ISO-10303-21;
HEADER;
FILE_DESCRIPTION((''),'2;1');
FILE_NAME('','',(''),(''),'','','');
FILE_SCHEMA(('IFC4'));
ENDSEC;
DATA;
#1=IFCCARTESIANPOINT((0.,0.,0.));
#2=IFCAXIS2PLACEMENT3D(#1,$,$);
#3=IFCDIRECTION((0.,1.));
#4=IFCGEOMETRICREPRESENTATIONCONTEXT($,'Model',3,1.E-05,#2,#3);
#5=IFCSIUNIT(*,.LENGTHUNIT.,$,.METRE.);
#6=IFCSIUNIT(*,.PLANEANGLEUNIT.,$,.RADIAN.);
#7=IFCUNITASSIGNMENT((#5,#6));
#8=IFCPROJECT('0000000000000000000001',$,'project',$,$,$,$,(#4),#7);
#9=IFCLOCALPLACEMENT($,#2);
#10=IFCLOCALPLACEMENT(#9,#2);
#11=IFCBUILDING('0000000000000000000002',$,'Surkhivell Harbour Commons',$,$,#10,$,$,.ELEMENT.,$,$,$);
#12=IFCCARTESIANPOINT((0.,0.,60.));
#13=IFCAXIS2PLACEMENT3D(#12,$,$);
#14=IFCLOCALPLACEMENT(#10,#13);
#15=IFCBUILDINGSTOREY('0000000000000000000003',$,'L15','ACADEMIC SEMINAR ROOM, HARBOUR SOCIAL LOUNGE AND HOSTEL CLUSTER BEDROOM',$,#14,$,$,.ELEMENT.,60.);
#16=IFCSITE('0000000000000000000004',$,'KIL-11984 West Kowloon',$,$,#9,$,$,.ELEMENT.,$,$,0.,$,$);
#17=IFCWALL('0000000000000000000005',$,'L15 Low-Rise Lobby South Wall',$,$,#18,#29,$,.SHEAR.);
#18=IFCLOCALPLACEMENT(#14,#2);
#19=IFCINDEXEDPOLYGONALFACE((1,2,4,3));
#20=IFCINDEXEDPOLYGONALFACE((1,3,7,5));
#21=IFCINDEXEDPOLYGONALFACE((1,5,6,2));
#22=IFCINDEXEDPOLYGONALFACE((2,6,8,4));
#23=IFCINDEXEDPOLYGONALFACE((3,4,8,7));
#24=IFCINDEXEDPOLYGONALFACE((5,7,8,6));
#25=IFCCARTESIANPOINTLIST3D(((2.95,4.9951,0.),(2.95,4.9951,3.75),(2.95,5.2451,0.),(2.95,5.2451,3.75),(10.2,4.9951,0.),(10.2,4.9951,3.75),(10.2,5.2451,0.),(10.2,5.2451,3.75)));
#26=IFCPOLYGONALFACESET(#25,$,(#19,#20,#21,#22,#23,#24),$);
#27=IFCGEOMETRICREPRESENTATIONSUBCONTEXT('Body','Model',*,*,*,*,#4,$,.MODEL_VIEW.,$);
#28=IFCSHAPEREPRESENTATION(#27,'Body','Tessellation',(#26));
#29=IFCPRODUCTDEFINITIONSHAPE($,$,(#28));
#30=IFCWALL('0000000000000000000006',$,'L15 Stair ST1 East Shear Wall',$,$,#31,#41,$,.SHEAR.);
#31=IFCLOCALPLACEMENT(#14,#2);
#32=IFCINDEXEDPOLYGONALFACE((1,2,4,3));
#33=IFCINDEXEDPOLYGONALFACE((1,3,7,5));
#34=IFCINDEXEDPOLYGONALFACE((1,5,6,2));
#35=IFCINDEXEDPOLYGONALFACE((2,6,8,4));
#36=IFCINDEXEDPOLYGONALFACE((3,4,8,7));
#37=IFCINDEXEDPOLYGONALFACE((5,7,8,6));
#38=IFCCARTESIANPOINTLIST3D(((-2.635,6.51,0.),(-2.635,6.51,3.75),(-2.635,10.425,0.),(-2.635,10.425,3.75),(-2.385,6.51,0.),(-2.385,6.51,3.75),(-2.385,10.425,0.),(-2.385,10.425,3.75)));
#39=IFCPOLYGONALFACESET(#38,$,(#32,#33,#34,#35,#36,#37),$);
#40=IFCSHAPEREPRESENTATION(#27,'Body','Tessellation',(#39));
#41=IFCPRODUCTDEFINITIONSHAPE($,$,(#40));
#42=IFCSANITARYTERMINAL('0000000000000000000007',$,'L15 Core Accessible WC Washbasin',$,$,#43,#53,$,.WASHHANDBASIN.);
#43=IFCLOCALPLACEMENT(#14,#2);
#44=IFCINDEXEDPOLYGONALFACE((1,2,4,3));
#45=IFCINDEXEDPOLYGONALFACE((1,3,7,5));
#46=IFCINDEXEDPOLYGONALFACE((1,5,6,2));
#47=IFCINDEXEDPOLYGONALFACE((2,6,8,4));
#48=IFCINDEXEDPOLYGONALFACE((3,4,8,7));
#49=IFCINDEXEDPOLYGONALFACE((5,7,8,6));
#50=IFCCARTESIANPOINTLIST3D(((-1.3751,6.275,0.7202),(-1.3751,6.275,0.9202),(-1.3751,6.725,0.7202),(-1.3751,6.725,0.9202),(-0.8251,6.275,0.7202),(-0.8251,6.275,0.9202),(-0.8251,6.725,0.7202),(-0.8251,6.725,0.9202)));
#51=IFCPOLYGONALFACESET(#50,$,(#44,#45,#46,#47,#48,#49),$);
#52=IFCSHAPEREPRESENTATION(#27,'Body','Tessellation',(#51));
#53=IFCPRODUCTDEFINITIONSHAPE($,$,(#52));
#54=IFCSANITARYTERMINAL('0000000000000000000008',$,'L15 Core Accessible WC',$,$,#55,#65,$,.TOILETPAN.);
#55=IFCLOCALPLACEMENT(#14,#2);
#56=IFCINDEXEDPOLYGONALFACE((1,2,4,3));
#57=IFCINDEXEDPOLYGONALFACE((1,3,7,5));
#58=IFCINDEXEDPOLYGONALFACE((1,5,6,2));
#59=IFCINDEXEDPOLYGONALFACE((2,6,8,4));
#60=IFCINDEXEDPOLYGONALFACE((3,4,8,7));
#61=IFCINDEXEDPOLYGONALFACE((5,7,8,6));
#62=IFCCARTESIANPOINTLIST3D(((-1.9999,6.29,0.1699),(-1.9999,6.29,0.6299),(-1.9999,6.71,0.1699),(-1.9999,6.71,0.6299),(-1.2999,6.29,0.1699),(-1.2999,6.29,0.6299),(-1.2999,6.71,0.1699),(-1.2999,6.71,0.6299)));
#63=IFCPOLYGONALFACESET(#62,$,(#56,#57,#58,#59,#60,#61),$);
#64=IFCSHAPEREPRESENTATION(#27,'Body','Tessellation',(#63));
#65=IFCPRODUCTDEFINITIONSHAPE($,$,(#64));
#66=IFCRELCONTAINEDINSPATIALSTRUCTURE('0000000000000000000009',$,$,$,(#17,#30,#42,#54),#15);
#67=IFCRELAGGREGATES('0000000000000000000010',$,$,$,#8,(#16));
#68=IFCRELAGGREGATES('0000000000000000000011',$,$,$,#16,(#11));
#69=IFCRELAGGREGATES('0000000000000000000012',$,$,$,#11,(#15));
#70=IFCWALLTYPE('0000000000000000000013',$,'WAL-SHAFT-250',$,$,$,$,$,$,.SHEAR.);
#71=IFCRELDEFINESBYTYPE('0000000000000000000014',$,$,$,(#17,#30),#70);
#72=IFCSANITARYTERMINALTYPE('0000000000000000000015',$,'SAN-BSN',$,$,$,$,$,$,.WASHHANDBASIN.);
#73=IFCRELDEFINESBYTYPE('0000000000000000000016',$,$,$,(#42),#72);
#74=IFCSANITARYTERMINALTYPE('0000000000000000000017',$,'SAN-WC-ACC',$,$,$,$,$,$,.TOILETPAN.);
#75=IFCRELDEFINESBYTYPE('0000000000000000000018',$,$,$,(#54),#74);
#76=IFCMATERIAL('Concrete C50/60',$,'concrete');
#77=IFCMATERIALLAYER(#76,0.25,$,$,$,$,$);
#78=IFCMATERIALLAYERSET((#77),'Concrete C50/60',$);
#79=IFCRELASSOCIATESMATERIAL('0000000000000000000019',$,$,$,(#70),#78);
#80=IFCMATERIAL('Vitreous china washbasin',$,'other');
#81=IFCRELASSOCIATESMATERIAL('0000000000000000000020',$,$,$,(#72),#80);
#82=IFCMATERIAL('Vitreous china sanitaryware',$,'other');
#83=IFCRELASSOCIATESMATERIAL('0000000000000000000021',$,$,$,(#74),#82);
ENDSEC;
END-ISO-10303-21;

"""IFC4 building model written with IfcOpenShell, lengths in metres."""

from ifc_helpers import new_model, si_unit, direction, frame, frame_2d, origin, origin_2d, place, context, subcontext, project, spatial, rectangle, extrude, material, layer, layer_set, type_object, element, save


model = new_model("IFC4")

# Units and contexts
model_context = context("Model", 3, precision=1e-05, world=origin(), true_north=direction((0.0, 1.0)))
body_context = subcontext(model_context, "Body", "Model", "MODEL_VIEW")
ifc_project = project(units=[si_unit("LENGTHUNIT", "METRE"), si_unit("PLANEANGLEUNIT", "RADIAN")], contexts=[model_context])

# Site, building, storey
site_placement = place(None, origin())
site = spatial("IfcSite", under=ifc_project, at=site_placement, Name="KIL-11984 West Kowloon", CompositionType="ELEMENT", RefElevation=0.0)
building_placement = place(site_placement, origin())
building = spatial("IfcBuilding", under=site, at=building_placement, Name="Surkhivell Harbour Commons", CompositionType="ELEMENT")
storey_placement = place(building_placement, frame((0.0, 0.0, 60.0)))
storey = spatial("IfcBuildingStorey", under=building, at=storey_placement, Name="L15", Description="ACADEMIC SEMINAR ROOM, HARBOUR SOCIAL LOUNGE AND HOSTEL CLUSTER BEDROOM", CompositionType="ELEMENT", Elevation=60.0)

# Shared definitions
ifc_material_1 = material(Name="Concrete C50/60", Category="concrete")
ifc_layer_1 = layer(ifc_material_1, 0.25)
ifc_layer_set_1 = layer_set([ifc_layer_1], Name="Concrete C50/60")
wall_type_1 = type_object("IfcWallType", Name="WAL-SHAFT-250", PredefinedType="SHEAR", material=ifc_layer_set_1)

# Walls
wall_1_placement = place(storey_placement, frame((2.95, 5.1201, 0.0), z_axis=(0.0, 0.0, 1.0), x_axis=(1.0, 0.0, 0.0)))
element("IfcWall", 1, at=wall_1_placement, inside=storey, type_object=wall_type_1, Name="L15 Low-Rise Lobby South Wall", PredefinedType="SHEAR", context=body_context, shape_type="SweptSolid", body=[
    extrude(rectangle(XDim=7.25, YDim=0.25, at=frame_2d((3.625, 0.0))), origin(), (0.0, 0.0, 1.0), 3.75),
])
wall_2_placement = place(storey_placement, frame((-2.51, 6.51, 0.0), z_axis=(0.0, 0.0, 1.0), x_axis=(0.0, 1.0, 0.0)))
element("IfcWall", 2, at=wall_2_placement, inside=storey, type_object=wall_type_1, Name="L15 Stair ST1 East Shear Wall", PredefinedType="SHEAR", context=body_context, shape_type="SweptSolid", body=[
    extrude(rectangle(XDim=3.915, YDim=0.25, at=frame_2d((1.9575, 0.0))), origin(), (0.0, 0.0, 1.0), 3.75),
])

# Sanitary terminals
ifc_material_2 = material(Name="Vitreous china washbasin", Category="other")
sanitary_terminal_type_1 = type_object("IfcSanitaryTerminalType", Name="SAN-BSN", PredefinedType="WASHHANDBASIN", material=ifc_material_2)
sanitary_terminal_1_placement = place(storey_placement, frame((-1.1001, 6.5, 0.7202), z_axis=(0.0, 0.0, 1.0), x_axis=(1.0, 0.0, 0.0)))
element("IfcSanitaryTerminal", 3, at=sanitary_terminal_1_placement, inside=storey, type_object=sanitary_terminal_type_1, Name="L15 Core Accessible WC Washbasin", PredefinedType="WASHHANDBASIN", context=body_context, shape_type="SweptSolid", body=[
    extrude(rectangle(XDim=0.55, YDim=0.45, at=origin_2d()), origin(), (0.0, 0.0, 1.0), 0.2),
])
ifc_material_3 = material(Name="Vitreous china sanitaryware", Category="other")
sanitary_terminal_type_2 = type_object("IfcSanitaryTerminalType", Name="SAN-WC-ACC", PredefinedType="TOILETPAN", material=ifc_material_3)
sanitary_terminal_2_placement = place(storey_placement, frame((-1.6499, 6.5, 0.1699), z_axis=(0.0, 0.0, 1.0), x_axis=(1.0, 0.0, 0.0)))
element("IfcSanitaryTerminal", 4, at=sanitary_terminal_2_placement, inside=storey, type_object=sanitary_terminal_type_2, Name="L15 Core Accessible WC", PredefinedType="TOILETPAN", context=body_context, shape_type="SweptSolid", body=[
    extrude(rectangle(XDim=0.7, YDim=0.4199, at=origin_2d()), origin(), (0.0, 0.0, 1.0), 0.46),
])

save(model, "model.ifc")
